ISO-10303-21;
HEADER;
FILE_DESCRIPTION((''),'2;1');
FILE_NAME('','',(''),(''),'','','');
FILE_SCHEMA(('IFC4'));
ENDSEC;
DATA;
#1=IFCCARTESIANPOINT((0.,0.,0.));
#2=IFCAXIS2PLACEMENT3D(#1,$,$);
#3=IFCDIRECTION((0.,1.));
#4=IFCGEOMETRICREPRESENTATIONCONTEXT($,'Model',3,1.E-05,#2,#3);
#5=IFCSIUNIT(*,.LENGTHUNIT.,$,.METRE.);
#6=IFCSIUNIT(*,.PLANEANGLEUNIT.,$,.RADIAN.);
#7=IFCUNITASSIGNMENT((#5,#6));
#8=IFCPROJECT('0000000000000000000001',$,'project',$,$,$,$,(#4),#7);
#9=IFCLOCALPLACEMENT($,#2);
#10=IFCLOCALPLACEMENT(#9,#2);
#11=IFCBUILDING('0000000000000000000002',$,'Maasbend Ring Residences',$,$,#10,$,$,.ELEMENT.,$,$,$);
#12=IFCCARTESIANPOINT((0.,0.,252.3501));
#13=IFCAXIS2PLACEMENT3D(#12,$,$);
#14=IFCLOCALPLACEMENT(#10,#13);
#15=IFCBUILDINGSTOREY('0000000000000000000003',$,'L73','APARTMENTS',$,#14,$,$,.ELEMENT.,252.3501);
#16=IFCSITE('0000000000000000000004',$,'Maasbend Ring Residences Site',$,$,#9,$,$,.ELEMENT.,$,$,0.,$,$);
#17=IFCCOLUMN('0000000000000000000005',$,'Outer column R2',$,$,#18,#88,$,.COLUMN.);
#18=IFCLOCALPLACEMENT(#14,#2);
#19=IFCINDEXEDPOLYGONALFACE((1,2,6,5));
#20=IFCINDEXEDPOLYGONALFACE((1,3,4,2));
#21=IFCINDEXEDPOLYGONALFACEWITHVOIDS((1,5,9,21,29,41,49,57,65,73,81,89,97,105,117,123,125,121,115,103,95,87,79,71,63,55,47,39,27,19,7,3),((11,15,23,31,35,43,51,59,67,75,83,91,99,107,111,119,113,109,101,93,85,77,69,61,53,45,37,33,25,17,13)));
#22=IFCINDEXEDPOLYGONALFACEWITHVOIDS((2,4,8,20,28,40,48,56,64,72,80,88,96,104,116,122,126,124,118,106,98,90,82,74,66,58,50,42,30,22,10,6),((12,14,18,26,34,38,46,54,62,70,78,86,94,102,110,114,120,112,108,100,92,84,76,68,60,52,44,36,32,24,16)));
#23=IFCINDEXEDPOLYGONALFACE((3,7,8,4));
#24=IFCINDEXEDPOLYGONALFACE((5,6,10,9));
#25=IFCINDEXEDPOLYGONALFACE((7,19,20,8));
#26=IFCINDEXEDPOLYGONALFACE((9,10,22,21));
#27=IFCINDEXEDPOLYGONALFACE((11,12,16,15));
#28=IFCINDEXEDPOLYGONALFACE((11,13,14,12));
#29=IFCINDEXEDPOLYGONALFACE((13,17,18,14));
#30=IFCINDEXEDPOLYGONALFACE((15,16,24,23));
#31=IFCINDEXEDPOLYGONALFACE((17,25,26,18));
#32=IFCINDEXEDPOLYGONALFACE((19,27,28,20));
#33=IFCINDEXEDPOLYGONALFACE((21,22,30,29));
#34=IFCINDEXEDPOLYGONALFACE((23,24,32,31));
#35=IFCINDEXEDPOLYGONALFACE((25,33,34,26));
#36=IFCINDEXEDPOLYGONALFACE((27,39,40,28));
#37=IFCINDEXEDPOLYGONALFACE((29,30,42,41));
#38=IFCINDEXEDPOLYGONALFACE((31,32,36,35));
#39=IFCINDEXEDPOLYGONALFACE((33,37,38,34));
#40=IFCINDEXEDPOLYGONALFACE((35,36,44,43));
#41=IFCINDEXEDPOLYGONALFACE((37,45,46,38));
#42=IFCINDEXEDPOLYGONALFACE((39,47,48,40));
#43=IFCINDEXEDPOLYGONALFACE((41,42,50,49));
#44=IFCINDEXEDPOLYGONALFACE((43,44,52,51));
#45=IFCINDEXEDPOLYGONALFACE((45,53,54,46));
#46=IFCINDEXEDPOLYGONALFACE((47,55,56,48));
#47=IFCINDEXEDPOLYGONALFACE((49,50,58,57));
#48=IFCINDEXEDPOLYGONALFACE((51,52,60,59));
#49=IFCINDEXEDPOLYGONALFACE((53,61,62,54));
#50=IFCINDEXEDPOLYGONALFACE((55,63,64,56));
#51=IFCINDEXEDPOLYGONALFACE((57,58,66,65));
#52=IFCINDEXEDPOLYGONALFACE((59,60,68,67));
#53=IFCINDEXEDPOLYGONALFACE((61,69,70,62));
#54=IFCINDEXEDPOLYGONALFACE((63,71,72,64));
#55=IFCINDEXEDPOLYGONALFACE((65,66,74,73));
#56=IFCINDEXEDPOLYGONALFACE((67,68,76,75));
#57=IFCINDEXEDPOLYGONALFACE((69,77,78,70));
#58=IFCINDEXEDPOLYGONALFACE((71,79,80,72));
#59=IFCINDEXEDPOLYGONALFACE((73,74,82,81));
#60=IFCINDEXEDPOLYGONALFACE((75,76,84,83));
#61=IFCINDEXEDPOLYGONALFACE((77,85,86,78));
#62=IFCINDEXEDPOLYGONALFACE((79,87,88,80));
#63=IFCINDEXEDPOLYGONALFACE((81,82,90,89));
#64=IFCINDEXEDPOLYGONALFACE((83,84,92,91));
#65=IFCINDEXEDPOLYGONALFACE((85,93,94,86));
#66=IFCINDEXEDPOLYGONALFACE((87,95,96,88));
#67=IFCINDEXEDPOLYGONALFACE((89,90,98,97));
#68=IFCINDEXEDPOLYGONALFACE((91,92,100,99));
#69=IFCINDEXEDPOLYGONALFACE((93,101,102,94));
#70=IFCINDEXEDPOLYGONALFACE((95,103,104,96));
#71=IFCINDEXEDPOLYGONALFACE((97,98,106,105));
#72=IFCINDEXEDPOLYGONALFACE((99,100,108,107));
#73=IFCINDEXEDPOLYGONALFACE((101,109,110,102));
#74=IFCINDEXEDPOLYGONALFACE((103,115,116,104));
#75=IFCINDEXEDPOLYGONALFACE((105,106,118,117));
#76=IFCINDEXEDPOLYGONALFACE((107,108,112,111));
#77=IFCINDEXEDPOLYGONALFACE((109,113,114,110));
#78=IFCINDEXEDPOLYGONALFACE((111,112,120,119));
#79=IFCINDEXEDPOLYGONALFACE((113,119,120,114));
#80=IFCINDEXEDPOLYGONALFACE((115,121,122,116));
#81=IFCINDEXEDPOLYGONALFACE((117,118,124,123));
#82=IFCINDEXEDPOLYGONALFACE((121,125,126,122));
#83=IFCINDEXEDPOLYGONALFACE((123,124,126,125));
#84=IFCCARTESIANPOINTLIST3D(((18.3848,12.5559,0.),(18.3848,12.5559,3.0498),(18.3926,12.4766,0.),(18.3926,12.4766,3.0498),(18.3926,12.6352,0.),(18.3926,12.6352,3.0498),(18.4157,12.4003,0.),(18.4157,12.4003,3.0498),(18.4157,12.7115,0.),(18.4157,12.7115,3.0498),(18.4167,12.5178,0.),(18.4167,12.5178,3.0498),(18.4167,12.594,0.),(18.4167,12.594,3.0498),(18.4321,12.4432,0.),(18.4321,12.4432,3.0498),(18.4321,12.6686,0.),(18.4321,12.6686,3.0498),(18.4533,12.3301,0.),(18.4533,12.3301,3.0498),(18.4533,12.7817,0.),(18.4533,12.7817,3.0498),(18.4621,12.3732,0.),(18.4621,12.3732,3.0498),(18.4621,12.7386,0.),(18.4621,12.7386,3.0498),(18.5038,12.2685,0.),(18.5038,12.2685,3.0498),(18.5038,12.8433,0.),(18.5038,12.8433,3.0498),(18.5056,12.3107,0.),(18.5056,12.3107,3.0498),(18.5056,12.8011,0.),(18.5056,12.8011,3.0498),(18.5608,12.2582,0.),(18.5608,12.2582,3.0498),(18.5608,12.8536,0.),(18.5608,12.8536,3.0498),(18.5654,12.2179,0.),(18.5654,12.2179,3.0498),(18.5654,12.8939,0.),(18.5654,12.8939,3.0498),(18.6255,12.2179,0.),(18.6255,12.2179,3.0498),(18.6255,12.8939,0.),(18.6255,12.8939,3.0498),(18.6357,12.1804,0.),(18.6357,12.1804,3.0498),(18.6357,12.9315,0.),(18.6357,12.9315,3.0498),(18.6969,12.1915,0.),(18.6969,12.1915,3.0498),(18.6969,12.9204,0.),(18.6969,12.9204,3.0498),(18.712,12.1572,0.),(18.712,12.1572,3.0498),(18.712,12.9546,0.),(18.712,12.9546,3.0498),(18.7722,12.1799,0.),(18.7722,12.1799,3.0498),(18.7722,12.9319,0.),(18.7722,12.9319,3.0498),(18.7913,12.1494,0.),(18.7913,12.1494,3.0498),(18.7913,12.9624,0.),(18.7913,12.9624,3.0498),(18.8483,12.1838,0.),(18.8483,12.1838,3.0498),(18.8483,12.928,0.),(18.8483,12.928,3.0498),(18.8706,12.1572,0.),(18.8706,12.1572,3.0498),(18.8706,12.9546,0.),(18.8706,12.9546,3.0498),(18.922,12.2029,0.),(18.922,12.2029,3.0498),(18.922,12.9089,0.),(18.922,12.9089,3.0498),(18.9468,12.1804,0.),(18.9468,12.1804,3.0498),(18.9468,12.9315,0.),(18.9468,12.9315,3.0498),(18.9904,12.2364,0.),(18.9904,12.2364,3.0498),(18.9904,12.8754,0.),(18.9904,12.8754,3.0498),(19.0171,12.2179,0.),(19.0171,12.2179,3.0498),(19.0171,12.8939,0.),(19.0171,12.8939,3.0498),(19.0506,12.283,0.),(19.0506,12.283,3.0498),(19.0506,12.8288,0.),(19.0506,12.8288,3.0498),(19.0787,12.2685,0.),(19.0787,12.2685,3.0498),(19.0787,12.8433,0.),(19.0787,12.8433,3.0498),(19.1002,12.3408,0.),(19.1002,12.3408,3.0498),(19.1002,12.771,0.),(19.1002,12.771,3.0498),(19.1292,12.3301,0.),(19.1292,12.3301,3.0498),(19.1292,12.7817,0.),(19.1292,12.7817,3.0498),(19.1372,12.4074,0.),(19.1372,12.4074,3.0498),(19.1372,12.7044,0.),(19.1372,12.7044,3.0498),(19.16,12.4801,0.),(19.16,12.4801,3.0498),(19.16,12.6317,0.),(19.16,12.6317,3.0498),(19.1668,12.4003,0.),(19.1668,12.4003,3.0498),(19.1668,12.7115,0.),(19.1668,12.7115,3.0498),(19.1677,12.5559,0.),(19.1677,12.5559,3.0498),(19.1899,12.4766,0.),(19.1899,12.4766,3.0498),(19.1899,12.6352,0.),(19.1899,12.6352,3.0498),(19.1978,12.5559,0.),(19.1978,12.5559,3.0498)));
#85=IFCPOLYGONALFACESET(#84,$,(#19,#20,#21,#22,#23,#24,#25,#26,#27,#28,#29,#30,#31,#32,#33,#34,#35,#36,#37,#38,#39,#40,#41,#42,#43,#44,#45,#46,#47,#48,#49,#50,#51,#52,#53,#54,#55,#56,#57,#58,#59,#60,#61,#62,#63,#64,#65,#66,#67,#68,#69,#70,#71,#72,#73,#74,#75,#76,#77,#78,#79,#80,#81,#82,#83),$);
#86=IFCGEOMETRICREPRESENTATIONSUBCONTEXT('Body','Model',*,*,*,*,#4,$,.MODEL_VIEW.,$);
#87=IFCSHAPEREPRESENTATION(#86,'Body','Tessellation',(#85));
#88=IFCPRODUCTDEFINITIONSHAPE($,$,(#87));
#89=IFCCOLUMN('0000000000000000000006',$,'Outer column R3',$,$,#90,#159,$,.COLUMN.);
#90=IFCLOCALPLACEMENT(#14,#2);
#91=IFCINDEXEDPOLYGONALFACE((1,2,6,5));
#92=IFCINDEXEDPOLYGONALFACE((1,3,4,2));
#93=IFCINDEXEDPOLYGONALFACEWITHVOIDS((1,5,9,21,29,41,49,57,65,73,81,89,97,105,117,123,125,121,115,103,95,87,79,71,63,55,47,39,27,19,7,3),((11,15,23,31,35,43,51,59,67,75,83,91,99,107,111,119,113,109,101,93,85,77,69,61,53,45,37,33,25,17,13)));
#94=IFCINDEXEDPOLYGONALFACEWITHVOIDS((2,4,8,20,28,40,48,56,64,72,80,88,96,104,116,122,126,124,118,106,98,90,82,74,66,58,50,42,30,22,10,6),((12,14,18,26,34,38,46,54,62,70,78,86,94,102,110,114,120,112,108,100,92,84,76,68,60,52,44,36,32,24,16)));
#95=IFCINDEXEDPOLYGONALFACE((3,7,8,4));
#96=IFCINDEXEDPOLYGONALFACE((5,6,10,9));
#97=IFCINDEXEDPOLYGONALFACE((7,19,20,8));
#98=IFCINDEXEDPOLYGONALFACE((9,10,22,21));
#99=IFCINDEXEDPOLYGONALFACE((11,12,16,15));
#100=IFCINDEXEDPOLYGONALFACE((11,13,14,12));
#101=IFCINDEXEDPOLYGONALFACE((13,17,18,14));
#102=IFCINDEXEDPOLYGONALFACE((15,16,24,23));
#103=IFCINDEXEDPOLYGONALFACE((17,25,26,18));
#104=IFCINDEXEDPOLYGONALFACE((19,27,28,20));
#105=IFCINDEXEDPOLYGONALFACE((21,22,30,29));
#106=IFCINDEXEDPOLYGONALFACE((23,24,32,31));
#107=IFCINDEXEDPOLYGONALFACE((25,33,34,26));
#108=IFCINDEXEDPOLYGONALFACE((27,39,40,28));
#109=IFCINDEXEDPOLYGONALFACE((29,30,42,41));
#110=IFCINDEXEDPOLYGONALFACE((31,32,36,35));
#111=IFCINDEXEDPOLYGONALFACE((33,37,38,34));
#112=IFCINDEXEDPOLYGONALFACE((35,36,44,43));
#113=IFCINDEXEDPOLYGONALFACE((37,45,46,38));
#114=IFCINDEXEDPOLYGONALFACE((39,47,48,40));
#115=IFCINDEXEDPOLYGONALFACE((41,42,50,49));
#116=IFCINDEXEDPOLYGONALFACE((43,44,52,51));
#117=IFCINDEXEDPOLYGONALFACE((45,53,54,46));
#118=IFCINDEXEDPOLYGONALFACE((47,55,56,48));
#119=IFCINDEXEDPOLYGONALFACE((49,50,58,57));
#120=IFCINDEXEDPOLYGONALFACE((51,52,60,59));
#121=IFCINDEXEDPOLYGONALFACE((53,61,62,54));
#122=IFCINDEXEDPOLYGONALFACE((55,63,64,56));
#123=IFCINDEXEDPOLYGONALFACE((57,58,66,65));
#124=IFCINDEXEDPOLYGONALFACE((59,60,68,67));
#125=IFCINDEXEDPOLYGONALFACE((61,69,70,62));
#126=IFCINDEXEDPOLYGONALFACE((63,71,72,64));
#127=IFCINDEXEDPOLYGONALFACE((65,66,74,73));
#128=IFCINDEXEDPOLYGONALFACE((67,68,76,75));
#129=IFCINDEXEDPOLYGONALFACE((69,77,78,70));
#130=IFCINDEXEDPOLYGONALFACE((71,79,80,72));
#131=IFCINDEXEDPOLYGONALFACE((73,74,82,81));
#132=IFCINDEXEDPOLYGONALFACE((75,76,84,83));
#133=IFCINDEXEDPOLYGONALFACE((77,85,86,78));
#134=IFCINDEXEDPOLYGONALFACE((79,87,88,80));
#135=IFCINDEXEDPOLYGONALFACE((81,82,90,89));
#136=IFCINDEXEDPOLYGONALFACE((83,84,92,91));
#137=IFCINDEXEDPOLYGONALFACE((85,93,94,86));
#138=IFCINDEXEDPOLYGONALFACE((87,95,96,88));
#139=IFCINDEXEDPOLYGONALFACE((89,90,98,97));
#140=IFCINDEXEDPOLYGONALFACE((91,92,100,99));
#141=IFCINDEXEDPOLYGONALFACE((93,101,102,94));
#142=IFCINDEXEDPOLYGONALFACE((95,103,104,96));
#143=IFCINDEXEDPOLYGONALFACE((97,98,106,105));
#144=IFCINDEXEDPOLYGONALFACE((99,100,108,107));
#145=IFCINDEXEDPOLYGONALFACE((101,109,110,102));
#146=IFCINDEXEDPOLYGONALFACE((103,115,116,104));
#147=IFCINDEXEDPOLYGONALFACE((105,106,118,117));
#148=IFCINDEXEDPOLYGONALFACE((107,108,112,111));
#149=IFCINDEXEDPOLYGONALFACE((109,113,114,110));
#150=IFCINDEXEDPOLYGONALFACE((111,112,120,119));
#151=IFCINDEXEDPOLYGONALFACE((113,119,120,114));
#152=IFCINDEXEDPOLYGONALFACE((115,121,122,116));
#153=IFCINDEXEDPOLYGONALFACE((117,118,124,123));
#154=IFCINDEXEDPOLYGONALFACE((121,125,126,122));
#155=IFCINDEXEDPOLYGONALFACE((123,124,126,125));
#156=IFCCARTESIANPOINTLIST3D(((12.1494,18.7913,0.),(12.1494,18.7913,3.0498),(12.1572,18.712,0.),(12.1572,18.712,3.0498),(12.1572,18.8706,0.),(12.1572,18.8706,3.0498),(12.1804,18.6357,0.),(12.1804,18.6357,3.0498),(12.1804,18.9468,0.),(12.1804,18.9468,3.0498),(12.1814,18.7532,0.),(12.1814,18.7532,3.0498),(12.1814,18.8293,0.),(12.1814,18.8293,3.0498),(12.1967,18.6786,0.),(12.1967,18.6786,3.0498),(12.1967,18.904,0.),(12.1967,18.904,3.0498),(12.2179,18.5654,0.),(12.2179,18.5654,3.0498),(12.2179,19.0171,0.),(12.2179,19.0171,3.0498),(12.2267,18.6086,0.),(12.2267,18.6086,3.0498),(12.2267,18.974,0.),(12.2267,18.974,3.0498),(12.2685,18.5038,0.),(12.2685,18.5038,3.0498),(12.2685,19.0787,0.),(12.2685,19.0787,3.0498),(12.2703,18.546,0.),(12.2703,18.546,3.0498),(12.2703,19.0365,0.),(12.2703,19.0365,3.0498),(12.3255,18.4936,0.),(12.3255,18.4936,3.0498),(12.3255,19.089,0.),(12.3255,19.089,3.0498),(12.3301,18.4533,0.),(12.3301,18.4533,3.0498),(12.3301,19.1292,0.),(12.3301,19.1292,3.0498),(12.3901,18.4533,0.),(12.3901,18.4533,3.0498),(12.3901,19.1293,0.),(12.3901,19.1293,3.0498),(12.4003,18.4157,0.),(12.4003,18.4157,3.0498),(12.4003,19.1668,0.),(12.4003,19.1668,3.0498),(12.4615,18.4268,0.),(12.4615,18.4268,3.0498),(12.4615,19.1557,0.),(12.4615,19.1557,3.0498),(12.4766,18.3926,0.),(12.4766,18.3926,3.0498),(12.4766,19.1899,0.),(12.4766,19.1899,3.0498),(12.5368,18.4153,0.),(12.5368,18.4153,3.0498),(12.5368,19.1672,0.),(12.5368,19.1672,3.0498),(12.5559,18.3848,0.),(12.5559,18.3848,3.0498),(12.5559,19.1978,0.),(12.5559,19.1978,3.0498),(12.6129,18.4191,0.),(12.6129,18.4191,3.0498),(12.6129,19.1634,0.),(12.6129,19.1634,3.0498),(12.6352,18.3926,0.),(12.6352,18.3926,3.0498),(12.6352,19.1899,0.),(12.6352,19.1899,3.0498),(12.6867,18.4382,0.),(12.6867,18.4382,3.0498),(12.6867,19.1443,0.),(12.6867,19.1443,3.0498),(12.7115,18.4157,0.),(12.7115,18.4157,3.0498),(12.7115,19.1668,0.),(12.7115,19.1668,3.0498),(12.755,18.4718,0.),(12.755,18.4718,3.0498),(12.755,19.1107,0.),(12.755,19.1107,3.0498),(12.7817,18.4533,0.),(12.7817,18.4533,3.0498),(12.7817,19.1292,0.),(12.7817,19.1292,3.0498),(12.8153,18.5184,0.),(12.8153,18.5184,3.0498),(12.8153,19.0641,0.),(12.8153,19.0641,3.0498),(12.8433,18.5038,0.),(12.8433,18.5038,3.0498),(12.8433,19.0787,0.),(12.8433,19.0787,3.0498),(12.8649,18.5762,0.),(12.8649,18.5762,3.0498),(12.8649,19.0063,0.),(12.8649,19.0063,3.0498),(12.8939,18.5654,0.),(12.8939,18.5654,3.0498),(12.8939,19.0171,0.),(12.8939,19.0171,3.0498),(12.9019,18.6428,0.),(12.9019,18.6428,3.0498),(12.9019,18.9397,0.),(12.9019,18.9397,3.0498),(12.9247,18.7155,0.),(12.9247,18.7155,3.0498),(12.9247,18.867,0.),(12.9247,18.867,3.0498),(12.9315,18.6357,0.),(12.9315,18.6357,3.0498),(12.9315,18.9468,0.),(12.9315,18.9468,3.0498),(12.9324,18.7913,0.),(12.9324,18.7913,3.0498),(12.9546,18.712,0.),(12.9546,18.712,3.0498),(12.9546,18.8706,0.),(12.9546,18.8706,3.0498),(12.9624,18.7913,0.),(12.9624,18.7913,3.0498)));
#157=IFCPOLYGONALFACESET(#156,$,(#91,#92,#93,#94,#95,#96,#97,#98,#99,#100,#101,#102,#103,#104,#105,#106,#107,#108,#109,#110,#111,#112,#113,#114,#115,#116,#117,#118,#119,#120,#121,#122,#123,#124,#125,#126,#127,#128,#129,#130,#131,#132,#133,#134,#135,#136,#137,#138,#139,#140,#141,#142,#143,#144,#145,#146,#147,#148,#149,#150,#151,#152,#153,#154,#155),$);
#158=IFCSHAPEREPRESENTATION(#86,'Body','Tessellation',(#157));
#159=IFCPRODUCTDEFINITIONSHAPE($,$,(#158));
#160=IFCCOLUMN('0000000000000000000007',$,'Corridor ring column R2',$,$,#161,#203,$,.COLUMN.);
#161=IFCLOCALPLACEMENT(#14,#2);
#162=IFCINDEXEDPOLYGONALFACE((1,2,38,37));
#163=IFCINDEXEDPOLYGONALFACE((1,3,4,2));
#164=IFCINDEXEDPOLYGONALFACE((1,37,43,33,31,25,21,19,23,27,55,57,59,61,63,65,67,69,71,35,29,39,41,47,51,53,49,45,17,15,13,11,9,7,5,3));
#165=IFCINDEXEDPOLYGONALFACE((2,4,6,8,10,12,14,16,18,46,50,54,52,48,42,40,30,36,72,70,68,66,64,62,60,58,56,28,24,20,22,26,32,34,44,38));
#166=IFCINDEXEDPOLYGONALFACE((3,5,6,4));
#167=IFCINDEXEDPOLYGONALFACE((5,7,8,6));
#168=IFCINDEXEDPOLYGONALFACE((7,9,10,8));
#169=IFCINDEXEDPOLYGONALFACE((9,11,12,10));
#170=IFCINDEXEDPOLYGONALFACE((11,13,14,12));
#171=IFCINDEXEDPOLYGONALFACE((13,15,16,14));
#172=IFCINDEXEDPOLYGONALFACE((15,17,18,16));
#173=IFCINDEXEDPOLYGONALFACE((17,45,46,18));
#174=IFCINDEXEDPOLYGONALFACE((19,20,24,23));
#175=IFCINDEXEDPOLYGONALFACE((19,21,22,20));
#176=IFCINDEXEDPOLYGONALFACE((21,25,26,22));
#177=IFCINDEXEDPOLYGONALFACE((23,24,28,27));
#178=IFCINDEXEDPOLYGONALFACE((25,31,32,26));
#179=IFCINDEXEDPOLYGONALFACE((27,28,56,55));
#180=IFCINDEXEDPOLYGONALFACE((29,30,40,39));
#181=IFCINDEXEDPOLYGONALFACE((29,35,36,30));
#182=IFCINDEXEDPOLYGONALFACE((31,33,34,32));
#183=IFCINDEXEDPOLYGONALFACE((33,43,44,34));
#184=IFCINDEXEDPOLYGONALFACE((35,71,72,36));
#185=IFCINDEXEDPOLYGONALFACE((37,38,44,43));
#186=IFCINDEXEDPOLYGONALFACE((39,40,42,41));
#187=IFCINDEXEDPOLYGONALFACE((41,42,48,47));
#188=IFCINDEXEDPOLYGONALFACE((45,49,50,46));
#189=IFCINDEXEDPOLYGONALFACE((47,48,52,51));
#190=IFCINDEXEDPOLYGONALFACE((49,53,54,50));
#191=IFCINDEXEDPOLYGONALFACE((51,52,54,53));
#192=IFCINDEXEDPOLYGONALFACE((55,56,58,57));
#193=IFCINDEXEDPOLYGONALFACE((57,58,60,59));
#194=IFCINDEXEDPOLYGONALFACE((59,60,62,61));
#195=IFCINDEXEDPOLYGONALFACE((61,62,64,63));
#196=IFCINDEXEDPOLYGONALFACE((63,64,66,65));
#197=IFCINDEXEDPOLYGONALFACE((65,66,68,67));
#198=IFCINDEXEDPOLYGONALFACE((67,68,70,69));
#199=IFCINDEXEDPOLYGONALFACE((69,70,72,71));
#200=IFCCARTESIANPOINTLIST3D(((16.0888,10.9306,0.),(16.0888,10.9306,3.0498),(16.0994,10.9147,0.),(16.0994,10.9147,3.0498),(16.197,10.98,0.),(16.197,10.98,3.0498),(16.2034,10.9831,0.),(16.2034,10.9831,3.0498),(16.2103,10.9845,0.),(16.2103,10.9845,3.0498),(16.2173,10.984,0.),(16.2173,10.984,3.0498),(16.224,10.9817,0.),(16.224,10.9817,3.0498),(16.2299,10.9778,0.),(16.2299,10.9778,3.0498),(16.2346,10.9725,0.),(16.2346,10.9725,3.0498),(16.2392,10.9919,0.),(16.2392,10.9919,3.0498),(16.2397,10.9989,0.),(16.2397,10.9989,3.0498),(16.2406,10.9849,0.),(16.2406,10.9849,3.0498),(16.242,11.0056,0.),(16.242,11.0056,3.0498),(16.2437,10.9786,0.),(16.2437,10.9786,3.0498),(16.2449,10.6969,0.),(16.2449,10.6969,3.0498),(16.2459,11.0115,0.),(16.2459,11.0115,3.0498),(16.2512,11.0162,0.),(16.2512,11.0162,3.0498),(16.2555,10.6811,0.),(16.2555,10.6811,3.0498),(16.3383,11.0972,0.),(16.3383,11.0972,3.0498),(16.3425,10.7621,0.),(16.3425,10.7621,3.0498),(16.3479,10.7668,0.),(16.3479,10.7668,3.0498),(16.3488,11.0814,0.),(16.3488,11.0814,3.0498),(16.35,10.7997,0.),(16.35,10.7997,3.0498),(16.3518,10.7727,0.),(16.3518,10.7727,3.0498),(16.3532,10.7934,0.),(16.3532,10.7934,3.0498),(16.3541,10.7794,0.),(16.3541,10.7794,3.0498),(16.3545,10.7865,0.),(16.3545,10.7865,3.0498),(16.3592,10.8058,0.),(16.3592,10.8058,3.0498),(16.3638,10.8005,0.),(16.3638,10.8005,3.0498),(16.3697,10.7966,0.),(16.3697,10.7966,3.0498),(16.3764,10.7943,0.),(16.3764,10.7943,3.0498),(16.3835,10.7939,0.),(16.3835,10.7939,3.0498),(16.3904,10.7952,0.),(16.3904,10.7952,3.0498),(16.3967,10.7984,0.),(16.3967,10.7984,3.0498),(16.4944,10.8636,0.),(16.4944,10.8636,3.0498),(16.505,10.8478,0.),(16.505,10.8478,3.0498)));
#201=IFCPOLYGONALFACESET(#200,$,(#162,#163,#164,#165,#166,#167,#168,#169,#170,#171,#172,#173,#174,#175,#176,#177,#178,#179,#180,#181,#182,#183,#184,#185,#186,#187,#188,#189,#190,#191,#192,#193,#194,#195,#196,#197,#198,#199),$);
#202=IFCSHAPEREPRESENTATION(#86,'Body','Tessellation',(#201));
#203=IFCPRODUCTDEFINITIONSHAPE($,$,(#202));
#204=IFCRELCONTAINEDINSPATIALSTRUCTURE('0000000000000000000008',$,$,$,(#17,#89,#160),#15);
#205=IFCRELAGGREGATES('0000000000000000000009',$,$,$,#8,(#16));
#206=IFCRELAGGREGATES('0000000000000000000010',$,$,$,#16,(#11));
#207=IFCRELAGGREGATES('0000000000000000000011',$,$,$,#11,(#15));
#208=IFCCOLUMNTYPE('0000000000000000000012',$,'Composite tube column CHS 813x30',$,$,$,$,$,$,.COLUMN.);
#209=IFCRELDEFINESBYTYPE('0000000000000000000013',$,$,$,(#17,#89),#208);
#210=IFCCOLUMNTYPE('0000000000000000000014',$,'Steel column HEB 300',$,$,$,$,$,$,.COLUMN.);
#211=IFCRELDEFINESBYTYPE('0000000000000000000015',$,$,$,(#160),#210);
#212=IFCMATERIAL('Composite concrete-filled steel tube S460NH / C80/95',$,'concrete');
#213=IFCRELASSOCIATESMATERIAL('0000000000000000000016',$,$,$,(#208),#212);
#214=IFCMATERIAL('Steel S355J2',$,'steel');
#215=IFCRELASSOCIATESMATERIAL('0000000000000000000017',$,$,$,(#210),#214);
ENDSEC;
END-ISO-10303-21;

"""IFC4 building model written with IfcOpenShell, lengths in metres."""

from ifc_helpers import new_model, si_unit, direction, frame, origin, origin_2d, place, context, subcontext, project, spatial, hollow_circle, i_section, extrude, material, material_profile, profile_set, type_object, element, save


model = new_model("IFC4")

# Units and contexts
model_context = context("Model", 3, precision=1e-05, world=origin(), true_north=direction((0.0, 1.0)))
body_context = subcontext(model_context, "Body", "Model", "MODEL_VIEW")
ifc_project = project(units=[si_unit("LENGTHUNIT", "METRE"), si_unit("PLANEANGLEUNIT", "RADIAN")], contexts=[model_context])

# Site, building, storey
site_placement = place(None, origin())
site = spatial("IfcSite", under=ifc_project, at=site_placement, Name="Maasbend Ring Residences Site", CompositionType="ELEMENT", RefElevation=0.0)
building_placement = place(site_placement, origin())
building = spatial("IfcBuilding", under=site, at=building_placement, Name="Maasbend Ring Residences", CompositionType="ELEMENT")
storey_placement = place(building_placement, frame((0.0, 0.0, 252.3501)))
storey = spatial("IfcBuildingStorey", under=building, at=storey_placement, Name="L73", Description="APARTMENTS", CompositionType="ELEMENT", Elevation=252.3501)

# Columns
ifc_material_1 = material(Name="Composite concrete-filled steel tube S460NH / C80/95", Category="concrete")
ifc_material_profile_1 = material_profile(ifc_material_1, hollow_circle(Radius=0.4065, WallThickness=0.03, at=origin_2d()), Name="Composite tube column CHS 813x30")
ifc_profile_set_1 = profile_set([ifc_material_profile_1], Name="Composite concrete-filled steel tube S460NH / C80/95")
column_type_1 = type_object("IfcColumnType", Name="Composite tube column CHS 813x30", PredefinedType="COLUMN", material=ifc_profile_set_1)
for number, where, z_axis, x_axis, name in (
    (1, (18.7913, 12.5559, 0.0), (0.0, 0.0, 1.0), (1.0, 0.0, 0.0), "Outer column R2"),
    (2, (12.5559, 18.7913, 0.0), (0.0, 0.0, 1.0), (1.0, 0.0, 0.0), "Outer column R3"),
):
    element("IfcColumn", number, at=place(storey_placement, frame(where, z_axis=z_axis, x_axis=x_axis)), inside=storey, type_object=column_type_1, Name=name, PredefinedType="COLUMN", context=body_context, shape_type="SweptSolid", body=[
        extrude(hollow_circle(Radius=0.4065, WallThickness=0.03, at=origin_2d()), origin(), (0.0, 0.0, 1.0), 3.0498),
    ])
ifc_material_2 = material(Name="Steel S355J2", Category="steel")
ifc_material_profile_2 = material_profile(ifc_material_2, i_section(OverallWidth=0.3, OverallDepth=0.3, WebThickness=0.011, FlangeThickness=0.019, FilletRadius=0.0271, at=origin_2d()), Name="HEB 300")
ifc_profile_set_2 = profile_set([ifc_material_profile_2], Name="Steel S355J2")
column_type_2 = type_object("IfcColumnType", Name="Steel column HEB 300", PredefinedType="COLUMN", material=ifc_profile_set_2)
for number, where, z_axis, x_axis, name in (
    (3, (16.2969, 10.8892, 0.0), (0.0, 0.0, 1.0), (0.83147, 0.55557, 0.0), "Corridor ring column R2"),
):
    element("IfcColumn", number, at=place(storey_placement, frame(where, z_axis=z_axis, x_axis=x_axis)), inside=storey, type_object=column_type_2, Name=name, PredefinedType="COLUMN", context=body_context, shape_type="SweptSolid", body=[
        extrude(i_section(OverallWidth=0.3, OverallDepth=0.3, WebThickness=0.011, FlangeThickness=0.019, FilletRadius=0.0271, at=origin_2d()), origin(), (0.0, 0.0, 1.0), 3.0498),
    ])

save(model, "model.ifc")
